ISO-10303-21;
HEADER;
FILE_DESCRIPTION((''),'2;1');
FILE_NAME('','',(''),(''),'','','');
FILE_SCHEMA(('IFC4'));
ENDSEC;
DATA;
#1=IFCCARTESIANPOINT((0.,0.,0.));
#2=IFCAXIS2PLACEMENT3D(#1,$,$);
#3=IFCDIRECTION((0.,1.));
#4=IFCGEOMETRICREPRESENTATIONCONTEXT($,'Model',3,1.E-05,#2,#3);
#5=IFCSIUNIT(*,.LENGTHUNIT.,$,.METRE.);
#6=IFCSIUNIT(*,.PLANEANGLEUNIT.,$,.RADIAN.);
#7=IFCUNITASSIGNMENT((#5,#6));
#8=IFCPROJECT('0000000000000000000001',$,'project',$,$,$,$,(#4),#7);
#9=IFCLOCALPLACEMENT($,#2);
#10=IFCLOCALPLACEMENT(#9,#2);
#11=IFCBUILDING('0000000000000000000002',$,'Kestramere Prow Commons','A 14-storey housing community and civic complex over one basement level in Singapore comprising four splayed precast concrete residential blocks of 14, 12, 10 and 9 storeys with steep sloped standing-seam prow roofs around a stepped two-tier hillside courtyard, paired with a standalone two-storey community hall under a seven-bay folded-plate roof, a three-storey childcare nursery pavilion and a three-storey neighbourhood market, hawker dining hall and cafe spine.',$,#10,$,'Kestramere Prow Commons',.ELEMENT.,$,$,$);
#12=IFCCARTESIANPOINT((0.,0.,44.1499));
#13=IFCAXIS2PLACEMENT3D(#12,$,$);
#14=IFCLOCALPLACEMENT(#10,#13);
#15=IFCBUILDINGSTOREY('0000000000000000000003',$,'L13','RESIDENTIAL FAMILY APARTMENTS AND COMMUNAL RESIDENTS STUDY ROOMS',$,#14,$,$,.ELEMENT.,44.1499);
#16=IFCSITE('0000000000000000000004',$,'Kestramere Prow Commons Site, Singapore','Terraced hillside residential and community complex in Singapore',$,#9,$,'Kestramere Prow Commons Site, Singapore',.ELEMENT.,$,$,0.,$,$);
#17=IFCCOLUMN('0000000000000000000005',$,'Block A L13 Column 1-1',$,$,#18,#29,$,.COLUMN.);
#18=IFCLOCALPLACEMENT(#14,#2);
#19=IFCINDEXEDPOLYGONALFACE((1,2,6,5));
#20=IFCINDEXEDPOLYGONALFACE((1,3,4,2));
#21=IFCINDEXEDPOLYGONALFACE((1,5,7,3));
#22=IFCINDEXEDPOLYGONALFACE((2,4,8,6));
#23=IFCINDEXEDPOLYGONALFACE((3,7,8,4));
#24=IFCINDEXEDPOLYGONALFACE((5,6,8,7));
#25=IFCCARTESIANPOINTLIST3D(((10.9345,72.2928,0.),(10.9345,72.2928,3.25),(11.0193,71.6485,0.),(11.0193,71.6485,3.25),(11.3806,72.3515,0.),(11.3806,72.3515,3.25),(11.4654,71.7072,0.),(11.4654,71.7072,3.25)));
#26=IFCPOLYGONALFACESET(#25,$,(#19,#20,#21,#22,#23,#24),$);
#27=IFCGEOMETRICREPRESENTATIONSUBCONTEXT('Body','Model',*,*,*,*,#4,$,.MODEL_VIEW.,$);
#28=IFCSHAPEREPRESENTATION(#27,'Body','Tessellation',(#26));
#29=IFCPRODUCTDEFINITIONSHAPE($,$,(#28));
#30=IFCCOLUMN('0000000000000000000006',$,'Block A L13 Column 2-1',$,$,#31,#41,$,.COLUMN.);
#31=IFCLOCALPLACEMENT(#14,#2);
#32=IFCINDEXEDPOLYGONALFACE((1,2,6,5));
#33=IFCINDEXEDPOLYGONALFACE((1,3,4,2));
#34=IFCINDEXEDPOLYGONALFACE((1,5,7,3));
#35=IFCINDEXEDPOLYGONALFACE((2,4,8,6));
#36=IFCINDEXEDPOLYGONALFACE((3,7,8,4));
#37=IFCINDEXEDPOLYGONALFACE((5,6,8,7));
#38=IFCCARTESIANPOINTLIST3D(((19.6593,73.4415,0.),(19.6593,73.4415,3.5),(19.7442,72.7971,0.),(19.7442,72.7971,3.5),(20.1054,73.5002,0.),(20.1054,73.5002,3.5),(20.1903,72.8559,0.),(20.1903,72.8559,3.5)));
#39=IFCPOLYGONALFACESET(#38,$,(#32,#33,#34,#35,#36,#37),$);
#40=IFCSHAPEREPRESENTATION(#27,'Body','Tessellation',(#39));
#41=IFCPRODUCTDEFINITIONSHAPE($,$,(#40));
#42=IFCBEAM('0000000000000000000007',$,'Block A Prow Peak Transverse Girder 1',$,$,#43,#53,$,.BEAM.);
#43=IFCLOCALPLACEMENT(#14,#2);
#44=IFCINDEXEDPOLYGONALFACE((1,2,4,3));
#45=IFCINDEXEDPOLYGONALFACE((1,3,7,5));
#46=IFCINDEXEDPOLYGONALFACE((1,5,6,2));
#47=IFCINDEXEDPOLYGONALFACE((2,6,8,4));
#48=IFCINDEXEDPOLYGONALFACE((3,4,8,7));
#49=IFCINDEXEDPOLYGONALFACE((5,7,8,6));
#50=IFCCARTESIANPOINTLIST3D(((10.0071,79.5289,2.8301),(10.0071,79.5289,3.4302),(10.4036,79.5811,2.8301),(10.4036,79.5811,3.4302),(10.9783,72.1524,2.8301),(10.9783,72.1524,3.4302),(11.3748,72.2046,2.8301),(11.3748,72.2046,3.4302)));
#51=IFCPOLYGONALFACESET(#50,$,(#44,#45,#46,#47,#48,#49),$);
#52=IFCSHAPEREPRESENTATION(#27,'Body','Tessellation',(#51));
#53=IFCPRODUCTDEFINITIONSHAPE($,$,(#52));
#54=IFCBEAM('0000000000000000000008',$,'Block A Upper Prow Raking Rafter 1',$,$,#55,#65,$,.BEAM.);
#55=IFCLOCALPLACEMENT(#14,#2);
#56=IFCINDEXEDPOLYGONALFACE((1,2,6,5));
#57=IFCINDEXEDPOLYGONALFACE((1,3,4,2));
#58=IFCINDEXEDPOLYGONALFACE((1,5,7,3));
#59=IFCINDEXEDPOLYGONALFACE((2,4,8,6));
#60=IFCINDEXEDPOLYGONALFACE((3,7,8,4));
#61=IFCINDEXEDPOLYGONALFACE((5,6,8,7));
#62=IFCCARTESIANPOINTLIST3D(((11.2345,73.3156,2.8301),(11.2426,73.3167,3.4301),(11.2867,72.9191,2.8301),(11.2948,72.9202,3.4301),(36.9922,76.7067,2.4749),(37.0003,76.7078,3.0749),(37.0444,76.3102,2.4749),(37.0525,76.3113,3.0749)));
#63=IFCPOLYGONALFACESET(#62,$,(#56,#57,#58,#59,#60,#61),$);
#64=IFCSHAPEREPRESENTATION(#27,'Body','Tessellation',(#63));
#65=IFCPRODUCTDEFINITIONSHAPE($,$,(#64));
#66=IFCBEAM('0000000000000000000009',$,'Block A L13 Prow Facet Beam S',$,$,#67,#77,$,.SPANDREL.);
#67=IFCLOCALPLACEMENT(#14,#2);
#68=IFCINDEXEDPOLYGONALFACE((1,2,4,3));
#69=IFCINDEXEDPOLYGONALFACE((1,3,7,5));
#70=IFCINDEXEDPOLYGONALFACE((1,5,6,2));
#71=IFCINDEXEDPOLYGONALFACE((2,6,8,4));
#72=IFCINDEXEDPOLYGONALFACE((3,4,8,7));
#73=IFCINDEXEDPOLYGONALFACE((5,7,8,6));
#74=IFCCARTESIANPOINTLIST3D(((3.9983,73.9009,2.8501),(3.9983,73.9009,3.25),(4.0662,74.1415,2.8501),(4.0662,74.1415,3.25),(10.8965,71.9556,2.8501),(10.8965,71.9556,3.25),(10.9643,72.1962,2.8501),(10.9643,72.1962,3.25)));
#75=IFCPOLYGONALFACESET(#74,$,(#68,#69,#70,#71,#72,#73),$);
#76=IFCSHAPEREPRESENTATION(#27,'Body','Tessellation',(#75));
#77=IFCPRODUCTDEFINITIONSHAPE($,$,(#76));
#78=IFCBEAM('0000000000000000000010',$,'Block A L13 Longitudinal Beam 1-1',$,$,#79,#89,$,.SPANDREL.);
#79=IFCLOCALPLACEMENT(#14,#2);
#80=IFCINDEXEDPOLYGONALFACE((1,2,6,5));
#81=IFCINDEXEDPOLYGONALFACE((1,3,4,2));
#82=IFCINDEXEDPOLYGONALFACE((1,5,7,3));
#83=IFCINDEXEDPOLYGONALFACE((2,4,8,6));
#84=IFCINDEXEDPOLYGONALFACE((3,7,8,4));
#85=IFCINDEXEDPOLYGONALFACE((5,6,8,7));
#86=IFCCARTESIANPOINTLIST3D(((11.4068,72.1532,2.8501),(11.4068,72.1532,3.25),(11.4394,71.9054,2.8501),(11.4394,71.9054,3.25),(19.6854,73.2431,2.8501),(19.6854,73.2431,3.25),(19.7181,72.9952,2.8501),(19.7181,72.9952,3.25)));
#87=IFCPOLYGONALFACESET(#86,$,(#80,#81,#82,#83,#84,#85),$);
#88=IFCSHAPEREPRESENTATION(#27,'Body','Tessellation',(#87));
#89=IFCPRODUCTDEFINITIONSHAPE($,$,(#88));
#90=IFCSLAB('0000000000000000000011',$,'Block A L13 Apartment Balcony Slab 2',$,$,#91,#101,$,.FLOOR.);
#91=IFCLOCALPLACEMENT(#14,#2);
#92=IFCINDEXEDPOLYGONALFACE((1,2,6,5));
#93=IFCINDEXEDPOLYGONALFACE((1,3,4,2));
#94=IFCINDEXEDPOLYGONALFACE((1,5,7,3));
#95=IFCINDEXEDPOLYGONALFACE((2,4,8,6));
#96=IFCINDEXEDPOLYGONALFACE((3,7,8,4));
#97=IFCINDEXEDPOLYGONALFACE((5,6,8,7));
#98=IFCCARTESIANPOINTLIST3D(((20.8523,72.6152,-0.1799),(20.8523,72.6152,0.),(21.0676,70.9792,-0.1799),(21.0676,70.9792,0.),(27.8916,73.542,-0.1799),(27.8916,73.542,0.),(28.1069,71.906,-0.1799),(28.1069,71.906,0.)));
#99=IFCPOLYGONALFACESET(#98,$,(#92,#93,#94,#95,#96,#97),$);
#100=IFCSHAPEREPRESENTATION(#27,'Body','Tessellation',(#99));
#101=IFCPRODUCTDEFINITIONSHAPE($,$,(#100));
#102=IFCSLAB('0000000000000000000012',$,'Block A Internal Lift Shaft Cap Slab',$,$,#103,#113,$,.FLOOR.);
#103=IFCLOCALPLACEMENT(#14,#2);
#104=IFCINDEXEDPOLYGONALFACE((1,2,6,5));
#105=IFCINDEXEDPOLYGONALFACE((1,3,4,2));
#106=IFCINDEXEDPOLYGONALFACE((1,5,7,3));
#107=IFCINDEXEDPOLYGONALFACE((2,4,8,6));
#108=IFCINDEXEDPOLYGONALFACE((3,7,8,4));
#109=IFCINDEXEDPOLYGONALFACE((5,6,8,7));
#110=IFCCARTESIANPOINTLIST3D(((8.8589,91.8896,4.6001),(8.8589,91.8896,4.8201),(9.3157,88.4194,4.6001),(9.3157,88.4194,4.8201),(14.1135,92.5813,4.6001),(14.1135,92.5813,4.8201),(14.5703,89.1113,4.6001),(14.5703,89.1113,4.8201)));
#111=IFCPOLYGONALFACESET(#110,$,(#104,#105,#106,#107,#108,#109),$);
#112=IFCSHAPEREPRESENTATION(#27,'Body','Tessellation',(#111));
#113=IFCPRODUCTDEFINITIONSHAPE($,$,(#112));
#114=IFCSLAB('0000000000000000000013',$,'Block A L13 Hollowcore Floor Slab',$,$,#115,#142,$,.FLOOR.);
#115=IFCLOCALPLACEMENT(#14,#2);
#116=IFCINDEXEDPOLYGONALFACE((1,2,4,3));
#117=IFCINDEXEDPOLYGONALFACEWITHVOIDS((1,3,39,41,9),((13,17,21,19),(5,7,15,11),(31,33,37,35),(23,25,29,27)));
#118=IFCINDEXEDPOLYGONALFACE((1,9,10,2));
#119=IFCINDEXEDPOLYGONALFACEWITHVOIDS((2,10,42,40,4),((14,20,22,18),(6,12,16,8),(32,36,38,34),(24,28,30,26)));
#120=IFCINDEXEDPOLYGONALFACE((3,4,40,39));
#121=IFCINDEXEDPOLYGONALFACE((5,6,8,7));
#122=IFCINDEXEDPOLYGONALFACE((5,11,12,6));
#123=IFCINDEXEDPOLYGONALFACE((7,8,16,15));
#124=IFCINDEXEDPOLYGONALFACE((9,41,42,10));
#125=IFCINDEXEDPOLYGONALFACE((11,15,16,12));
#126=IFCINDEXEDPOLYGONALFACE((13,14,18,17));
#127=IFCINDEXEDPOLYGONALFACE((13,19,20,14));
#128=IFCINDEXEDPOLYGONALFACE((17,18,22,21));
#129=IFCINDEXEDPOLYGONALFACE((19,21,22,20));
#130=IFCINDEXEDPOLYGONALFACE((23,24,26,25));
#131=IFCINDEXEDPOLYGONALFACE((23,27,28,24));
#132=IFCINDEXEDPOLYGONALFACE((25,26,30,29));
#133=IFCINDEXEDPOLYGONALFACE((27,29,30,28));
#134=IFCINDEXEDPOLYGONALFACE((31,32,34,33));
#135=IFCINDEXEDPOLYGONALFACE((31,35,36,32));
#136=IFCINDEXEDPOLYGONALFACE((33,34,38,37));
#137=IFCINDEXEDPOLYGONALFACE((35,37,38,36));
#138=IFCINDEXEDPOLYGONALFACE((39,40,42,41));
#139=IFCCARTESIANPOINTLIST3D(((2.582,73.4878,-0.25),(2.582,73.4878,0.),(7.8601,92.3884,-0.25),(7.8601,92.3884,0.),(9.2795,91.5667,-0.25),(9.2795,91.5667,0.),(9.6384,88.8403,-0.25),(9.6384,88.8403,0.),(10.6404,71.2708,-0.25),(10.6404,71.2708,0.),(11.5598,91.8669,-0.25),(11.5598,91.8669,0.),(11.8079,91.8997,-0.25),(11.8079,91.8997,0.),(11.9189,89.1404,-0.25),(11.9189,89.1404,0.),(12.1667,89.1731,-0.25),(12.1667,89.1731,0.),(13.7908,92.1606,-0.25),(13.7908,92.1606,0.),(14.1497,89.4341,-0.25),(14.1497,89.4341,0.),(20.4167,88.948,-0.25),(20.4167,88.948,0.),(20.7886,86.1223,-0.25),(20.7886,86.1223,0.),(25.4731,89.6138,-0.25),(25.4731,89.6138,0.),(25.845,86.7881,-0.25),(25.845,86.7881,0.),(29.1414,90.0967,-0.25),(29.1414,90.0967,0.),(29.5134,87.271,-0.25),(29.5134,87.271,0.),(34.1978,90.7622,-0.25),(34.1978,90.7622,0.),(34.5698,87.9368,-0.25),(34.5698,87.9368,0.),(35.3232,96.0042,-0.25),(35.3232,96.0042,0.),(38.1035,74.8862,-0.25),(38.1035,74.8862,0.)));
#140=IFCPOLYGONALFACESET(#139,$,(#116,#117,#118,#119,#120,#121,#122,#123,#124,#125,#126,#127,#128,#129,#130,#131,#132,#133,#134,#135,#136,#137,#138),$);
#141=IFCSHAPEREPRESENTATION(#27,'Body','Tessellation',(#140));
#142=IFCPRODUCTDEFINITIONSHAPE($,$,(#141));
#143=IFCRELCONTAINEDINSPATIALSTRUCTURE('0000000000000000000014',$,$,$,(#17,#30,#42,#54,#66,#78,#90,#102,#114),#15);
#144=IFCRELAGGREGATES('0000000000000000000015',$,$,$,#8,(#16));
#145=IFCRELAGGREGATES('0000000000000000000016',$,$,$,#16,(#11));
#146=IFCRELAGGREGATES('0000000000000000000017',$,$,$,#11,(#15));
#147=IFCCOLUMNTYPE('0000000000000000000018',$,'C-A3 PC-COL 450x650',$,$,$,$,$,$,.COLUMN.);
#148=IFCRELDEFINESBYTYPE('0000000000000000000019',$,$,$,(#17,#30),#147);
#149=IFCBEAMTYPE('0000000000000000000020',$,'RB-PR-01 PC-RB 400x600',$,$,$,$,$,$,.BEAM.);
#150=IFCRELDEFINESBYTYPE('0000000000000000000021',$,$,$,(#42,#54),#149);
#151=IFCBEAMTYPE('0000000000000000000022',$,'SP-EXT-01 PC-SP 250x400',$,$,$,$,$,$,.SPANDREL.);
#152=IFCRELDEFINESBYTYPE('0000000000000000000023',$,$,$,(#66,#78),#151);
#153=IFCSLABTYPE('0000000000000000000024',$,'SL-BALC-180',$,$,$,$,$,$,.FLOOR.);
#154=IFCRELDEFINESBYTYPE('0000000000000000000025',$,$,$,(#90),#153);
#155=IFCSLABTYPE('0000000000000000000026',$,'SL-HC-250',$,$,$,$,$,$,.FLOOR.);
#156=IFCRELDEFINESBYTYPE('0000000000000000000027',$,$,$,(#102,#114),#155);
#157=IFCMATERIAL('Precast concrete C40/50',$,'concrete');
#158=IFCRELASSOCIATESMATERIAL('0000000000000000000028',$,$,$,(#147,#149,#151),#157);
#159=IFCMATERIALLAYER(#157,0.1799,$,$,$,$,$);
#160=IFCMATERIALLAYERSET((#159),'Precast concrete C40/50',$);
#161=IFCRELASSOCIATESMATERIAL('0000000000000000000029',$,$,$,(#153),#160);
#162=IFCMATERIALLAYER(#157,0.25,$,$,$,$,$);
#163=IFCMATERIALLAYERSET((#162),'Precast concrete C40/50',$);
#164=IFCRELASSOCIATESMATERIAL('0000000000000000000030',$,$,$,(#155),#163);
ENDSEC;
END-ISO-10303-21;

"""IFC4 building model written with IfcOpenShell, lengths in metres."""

from ifc_helpers import new_model, si_unit, direction, frame, origin, origin_2d, place, context, subcontext, project, spatial, polyline, rectangle, outline, extrude, material, layer, layer_set, material_profile, profile_set, type_object, element, save


model = new_model("IFC4")

# Units and contexts
model_context = context("Model", 3, precision=1e-05, world=origin(), true_north=direction((0.0, 1.0)))
body_context = subcontext(model_context, "Body", "Model", "MODEL_VIEW")
ifc_project = project(units=[si_unit("LENGTHUNIT", "METRE"), si_unit("PLANEANGLEUNIT", "RADIAN")], contexts=[model_context])

# Site, building, storey
site_placement = place(None, origin())
site = spatial("IfcSite", under=ifc_project, at=site_placement, Name="Kestramere Prow Commons Site, Singapore", Description="Terraced hillside residential and community complex in Singapore", LongName="Kestramere Prow Commons Site, Singapore", CompositionType="ELEMENT", RefElevation=0.0)
building_placement = place(site_placement, origin())
building = spatial("IfcBuilding", under=site, at=building_placement, Name="Kestramere Prow Commons", Description="A 14-storey housing community and civic complex over one basement level in Singapore comprising four splayed precast concrete residential blocks of 14, 12, 10 and 9 storeys with steep sloped standing-seam prow roofs around a stepped two-tier hillside courtyard, paired with a standalone two-storey community hall under a seven-bay folded-plate roof, a three-storey childcare nursery pavilion and a three-storey neighbourhood market, hawker dining hall and cafe spine.", LongName="Kestramere Prow Commons", CompositionType="ELEMENT")
storey_placement = place(building_placement, frame((0.0, 0.0, 44.1499)))
storey = spatial("IfcBuildingStorey", under=building, at=storey_placement, Name="L13", Description="RESIDENTIAL FAMILY APARTMENTS AND COMMUNAL RESIDENTS STUDY ROOMS", CompositionType="ELEMENT", Elevation=44.1499)

# Columns
ifc_material_1 = material(Name="Precast concrete C40/50", Category="concrete")
ifc_material_profile_1 = material_profile(ifc_material_1, rectangle(XDim=0.45, YDim=0.6499, at=origin_2d()), Name="PC-COL 450x650")
ifc_profile_set_1 = profile_set([ifc_material_profile_1], Name="Precast concrete C40/50")
column_type = type_object("IfcColumnType", Name="C-A3 PC-COL 450x650", PredefinedType="COLUMN", material=ifc_profile_set_1)
column_1_placement = place(storey_placement, frame((11.2, 72.0, 0.0), z_axis=(0.0, 0.0, 1.0), x_axis=(0.991445, 0.130526, 0.0)))
element("IfcColumn", 1, at=column_1_placement, inside=storey, type_object=column_type, Name="Block A L13 Column 1-1", PredefinedType="COLUMN", context=body_context, shape_type="SweptSolid", body=[
    extrude(rectangle(XDim=0.45, YDim=0.6499, at=origin_2d()), origin(), (0.0, 0.0, 1.0), 3.25),
])
column_2_placement = place(storey_placement, frame((19.9248, 73.1487, 0.0), z_axis=(0.0, 0.0, 1.0), x_axis=(0.991445, 0.130526, 0.0)))
element("IfcColumn", 2, at=column_2_placement, inside=storey, type_object=column_type, Name="Block A L13 Column 2-1", PredefinedType="COLUMN", context=body_context, shape_type="SweptSolid", body=[
    extrude(rectangle(XDim=0.45, YDim=0.6499, at=origin_2d()), origin(), (0.0, 0.0, 1.0), 3.5),
])

# Beams
ifc_material_profile_2 = material_profile(ifc_material_1, rectangle(XDim=0.3999, YDim=0.6001, at=origin_2d()), Name="PC-RB 400x600")
ifc_profile_set_2 = profile_set([ifc_material_profile_2], Name="Precast concrete C40/50")
beam_type_1 = type_object("IfcBeamType", Name="RB-PR-01 PC-RB 400x600", PredefinedType="BEAM", material=ifc_profile_set_2)
beam_1_placement = place(storey_placement, frame((11.1765, 72.1785, 3.1301), z_axis=(-0.130534, 0.991444, 0.0), x_axis=(-0.991444, -0.130534, 0.0)))
element("IfcBeam", 3, at=beam_1_placement, inside=storey, type_object=beam_type_1, Name="Block A Prow Peak Transverse Girder 1", PredefinedType="BEAM", context=body_context, shape_type="SweptSolid", body=[
    extrude(rectangle(XDim=0.3999, YDim=0.6001, at=origin_2d()), origin(), (0.0, 0.0, 1.0), 7.4402),
])
beam_2_placement = place(storey_placement, frame((11.2646, 73.1179, 3.1301), z_axis=(0.991352, 0.130515, -0.013672), x_axis=(-0.130527, 0.991445, 0.0)))
element("IfcBeam", 4, at=beam_2_placement, inside=storey, type_object=beam_type_1, Name="Block A Upper Prow Raking Rafter 1", PredefinedType="BEAM", context=body_context, shape_type="SweptSolid", body=[
    extrude(rectangle(XDim=0.3999, YDim=0.6001, at=origin_2d()), origin(), (0.0, 0.0, 1.0), 25.9824),
])
ifc_material_profile_3 = material_profile(ifc_material_1, rectangle(XDim=0.25, YDim=0.3999, at=origin_2d()), Name="PC-SP 250x400")
ifc_profile_set_3 = profile_set([ifc_material_profile_3], Name="Precast concrete C40/50")
beam_type_2 = type_object("IfcBeamType", Name="SP-EXT-01 PC-SP 250x400", PredefinedType="SPANDREL", material=ifc_profile_set_3)
beam_3_placement = place(storey_placement, frame((10.9304, 72.0759, 3.05), z_axis=(-0.962462, 0.271417, 0.0), x_axis=(-0.271417, -0.962462, 0.0)))
element("IfcBeam", 5, at=beam_3_placement, inside=storey, type_object=beam_type_2, Name="Block A L13 Prow Facet Beam S", PredefinedType="SPANDREL", context=body_context, shape_type="SweptSolid", body=[
    extrude(rectangle(XDim=0.25, YDim=0.3999, at=origin_2d()), origin(), (0.0, 0.0, 1.0), 7.1672),
])
beam_4_placement = place(storey_placement, frame((11.4231, 72.0293, 3.05), z_axis=(0.991446, 0.13052, 0.0), x_axis=(-0.13052, 0.991446, 0.0)))
element("IfcBeam", 6, at=beam_4_placement, inside=storey, type_object=beam_type_2, Name="Block A L13 Longitudinal Beam 1-1", PredefinedType="SPANDREL", context=body_context, shape_type="SweptSolid", body=[
    extrude(rectangle(XDim=0.25, YDim=0.3999, at=origin_2d()), origin(), (0.0, 0.0, 1.0), 8.3501),
])

# Slabs
ifc_layer_1 = layer(ifc_material_1, 0.1799)
ifc_layer_set_1 = layer_set([ifc_layer_1], Name="Precast concrete C40/50")
slab_type_1 = type_object("IfcSlabType", Name="SL-BALC-180", PredefinedType="FLOOR", material=ifc_layer_set_1)
slab_1_placement = place(storey_placement, frame((0.0, 0.0, -0.1799)))
element("IfcSlab", 7, at=slab_1_placement, inside=storey, type_object=slab_type_1, Name="Block A L13 Apartment Balcony Slab 2", PredefinedType="FLOOR", context=body_context, shape_type="SweptSolid", body=[
    extrude(outline(polyline([(21.0676, 70.9792), (28.1069, 71.906), (27.8916, 73.542), (20.8523, 72.6152), (21.0676, 70.9792)])), origin(), (0.0, 0.0, 1.0), 0.1799),
])
ifc_layer_2 = layer(ifc_material_1, 0.25)
ifc_layer_set_2 = layer_set([ifc_layer_2], Name="Precast concrete C40/50")
slab_type_2 = type_object("IfcSlabType", Name="SL-HC-250", PredefinedType="FLOOR", material=ifc_layer_set_2)
slab_2_placement = place(storey_placement, frame((0.0, 0.0, 4.6001)))
element("IfcSlab", 8, at=slab_2_placement, inside=storey, type_object=slab_type_2, Name="Block A Internal Lift Shaft Cap Slab", PredefinedType="FLOOR", context=body_context, shape_type="SweptSolid", body=[
    extrude(outline(polyline([(9.3157, 88.4194), (14.5703, 89.1113), (14.1135, 92.5813), (8.8589, 91.8896), (9.3157, 88.4194)])), origin(), (0.0, 0.0, 1.0), 0.22),
])
slab_3_placement = place(storey_placement, frame((0.0, 0.0, -0.25)))
element("IfcSlab", 9, at=slab_3_placement, inside=storey, type_object=slab_type_2, Name="Block A L13 Hollowcore Floor Slab", PredefinedType="FLOOR", context=body_context, shape_type="SweptSolid", body=[
    extrude(outline(polyline([(2.582, 73.4878), (10.6404, 71.2708), (38.1035, 74.8862), (35.3232, 96.0042), (7.8601, 92.3884), (2.582, 73.4878)]), holes=[polyline([(9.6384, 88.8403), (11.9189, 89.1404), (11.5598, 91.8669), (9.2795, 91.5667), (9.6384, 88.8403)]), polyline([(12.1667, 89.1731), (14.1497, 89.4341), (13.7908, 92.1606), (11.8079, 91.8997), (12.1667, 89.1731)]), polyline([(20.7886, 86.1223), (25.845, 86.7881), (25.4731, 89.6138), (20.4167, 88.948), (20.7886, 86.1223)]), polyline([(29.5134, 87.271), (34.5698, 87.9368), (34.1978, 90.7622), (29.1414, 90.0967), (29.5134, 87.271)])]), origin(), (0.0, 0.0, 1.0), 0.25),
])

save(model, "model.ifc")
